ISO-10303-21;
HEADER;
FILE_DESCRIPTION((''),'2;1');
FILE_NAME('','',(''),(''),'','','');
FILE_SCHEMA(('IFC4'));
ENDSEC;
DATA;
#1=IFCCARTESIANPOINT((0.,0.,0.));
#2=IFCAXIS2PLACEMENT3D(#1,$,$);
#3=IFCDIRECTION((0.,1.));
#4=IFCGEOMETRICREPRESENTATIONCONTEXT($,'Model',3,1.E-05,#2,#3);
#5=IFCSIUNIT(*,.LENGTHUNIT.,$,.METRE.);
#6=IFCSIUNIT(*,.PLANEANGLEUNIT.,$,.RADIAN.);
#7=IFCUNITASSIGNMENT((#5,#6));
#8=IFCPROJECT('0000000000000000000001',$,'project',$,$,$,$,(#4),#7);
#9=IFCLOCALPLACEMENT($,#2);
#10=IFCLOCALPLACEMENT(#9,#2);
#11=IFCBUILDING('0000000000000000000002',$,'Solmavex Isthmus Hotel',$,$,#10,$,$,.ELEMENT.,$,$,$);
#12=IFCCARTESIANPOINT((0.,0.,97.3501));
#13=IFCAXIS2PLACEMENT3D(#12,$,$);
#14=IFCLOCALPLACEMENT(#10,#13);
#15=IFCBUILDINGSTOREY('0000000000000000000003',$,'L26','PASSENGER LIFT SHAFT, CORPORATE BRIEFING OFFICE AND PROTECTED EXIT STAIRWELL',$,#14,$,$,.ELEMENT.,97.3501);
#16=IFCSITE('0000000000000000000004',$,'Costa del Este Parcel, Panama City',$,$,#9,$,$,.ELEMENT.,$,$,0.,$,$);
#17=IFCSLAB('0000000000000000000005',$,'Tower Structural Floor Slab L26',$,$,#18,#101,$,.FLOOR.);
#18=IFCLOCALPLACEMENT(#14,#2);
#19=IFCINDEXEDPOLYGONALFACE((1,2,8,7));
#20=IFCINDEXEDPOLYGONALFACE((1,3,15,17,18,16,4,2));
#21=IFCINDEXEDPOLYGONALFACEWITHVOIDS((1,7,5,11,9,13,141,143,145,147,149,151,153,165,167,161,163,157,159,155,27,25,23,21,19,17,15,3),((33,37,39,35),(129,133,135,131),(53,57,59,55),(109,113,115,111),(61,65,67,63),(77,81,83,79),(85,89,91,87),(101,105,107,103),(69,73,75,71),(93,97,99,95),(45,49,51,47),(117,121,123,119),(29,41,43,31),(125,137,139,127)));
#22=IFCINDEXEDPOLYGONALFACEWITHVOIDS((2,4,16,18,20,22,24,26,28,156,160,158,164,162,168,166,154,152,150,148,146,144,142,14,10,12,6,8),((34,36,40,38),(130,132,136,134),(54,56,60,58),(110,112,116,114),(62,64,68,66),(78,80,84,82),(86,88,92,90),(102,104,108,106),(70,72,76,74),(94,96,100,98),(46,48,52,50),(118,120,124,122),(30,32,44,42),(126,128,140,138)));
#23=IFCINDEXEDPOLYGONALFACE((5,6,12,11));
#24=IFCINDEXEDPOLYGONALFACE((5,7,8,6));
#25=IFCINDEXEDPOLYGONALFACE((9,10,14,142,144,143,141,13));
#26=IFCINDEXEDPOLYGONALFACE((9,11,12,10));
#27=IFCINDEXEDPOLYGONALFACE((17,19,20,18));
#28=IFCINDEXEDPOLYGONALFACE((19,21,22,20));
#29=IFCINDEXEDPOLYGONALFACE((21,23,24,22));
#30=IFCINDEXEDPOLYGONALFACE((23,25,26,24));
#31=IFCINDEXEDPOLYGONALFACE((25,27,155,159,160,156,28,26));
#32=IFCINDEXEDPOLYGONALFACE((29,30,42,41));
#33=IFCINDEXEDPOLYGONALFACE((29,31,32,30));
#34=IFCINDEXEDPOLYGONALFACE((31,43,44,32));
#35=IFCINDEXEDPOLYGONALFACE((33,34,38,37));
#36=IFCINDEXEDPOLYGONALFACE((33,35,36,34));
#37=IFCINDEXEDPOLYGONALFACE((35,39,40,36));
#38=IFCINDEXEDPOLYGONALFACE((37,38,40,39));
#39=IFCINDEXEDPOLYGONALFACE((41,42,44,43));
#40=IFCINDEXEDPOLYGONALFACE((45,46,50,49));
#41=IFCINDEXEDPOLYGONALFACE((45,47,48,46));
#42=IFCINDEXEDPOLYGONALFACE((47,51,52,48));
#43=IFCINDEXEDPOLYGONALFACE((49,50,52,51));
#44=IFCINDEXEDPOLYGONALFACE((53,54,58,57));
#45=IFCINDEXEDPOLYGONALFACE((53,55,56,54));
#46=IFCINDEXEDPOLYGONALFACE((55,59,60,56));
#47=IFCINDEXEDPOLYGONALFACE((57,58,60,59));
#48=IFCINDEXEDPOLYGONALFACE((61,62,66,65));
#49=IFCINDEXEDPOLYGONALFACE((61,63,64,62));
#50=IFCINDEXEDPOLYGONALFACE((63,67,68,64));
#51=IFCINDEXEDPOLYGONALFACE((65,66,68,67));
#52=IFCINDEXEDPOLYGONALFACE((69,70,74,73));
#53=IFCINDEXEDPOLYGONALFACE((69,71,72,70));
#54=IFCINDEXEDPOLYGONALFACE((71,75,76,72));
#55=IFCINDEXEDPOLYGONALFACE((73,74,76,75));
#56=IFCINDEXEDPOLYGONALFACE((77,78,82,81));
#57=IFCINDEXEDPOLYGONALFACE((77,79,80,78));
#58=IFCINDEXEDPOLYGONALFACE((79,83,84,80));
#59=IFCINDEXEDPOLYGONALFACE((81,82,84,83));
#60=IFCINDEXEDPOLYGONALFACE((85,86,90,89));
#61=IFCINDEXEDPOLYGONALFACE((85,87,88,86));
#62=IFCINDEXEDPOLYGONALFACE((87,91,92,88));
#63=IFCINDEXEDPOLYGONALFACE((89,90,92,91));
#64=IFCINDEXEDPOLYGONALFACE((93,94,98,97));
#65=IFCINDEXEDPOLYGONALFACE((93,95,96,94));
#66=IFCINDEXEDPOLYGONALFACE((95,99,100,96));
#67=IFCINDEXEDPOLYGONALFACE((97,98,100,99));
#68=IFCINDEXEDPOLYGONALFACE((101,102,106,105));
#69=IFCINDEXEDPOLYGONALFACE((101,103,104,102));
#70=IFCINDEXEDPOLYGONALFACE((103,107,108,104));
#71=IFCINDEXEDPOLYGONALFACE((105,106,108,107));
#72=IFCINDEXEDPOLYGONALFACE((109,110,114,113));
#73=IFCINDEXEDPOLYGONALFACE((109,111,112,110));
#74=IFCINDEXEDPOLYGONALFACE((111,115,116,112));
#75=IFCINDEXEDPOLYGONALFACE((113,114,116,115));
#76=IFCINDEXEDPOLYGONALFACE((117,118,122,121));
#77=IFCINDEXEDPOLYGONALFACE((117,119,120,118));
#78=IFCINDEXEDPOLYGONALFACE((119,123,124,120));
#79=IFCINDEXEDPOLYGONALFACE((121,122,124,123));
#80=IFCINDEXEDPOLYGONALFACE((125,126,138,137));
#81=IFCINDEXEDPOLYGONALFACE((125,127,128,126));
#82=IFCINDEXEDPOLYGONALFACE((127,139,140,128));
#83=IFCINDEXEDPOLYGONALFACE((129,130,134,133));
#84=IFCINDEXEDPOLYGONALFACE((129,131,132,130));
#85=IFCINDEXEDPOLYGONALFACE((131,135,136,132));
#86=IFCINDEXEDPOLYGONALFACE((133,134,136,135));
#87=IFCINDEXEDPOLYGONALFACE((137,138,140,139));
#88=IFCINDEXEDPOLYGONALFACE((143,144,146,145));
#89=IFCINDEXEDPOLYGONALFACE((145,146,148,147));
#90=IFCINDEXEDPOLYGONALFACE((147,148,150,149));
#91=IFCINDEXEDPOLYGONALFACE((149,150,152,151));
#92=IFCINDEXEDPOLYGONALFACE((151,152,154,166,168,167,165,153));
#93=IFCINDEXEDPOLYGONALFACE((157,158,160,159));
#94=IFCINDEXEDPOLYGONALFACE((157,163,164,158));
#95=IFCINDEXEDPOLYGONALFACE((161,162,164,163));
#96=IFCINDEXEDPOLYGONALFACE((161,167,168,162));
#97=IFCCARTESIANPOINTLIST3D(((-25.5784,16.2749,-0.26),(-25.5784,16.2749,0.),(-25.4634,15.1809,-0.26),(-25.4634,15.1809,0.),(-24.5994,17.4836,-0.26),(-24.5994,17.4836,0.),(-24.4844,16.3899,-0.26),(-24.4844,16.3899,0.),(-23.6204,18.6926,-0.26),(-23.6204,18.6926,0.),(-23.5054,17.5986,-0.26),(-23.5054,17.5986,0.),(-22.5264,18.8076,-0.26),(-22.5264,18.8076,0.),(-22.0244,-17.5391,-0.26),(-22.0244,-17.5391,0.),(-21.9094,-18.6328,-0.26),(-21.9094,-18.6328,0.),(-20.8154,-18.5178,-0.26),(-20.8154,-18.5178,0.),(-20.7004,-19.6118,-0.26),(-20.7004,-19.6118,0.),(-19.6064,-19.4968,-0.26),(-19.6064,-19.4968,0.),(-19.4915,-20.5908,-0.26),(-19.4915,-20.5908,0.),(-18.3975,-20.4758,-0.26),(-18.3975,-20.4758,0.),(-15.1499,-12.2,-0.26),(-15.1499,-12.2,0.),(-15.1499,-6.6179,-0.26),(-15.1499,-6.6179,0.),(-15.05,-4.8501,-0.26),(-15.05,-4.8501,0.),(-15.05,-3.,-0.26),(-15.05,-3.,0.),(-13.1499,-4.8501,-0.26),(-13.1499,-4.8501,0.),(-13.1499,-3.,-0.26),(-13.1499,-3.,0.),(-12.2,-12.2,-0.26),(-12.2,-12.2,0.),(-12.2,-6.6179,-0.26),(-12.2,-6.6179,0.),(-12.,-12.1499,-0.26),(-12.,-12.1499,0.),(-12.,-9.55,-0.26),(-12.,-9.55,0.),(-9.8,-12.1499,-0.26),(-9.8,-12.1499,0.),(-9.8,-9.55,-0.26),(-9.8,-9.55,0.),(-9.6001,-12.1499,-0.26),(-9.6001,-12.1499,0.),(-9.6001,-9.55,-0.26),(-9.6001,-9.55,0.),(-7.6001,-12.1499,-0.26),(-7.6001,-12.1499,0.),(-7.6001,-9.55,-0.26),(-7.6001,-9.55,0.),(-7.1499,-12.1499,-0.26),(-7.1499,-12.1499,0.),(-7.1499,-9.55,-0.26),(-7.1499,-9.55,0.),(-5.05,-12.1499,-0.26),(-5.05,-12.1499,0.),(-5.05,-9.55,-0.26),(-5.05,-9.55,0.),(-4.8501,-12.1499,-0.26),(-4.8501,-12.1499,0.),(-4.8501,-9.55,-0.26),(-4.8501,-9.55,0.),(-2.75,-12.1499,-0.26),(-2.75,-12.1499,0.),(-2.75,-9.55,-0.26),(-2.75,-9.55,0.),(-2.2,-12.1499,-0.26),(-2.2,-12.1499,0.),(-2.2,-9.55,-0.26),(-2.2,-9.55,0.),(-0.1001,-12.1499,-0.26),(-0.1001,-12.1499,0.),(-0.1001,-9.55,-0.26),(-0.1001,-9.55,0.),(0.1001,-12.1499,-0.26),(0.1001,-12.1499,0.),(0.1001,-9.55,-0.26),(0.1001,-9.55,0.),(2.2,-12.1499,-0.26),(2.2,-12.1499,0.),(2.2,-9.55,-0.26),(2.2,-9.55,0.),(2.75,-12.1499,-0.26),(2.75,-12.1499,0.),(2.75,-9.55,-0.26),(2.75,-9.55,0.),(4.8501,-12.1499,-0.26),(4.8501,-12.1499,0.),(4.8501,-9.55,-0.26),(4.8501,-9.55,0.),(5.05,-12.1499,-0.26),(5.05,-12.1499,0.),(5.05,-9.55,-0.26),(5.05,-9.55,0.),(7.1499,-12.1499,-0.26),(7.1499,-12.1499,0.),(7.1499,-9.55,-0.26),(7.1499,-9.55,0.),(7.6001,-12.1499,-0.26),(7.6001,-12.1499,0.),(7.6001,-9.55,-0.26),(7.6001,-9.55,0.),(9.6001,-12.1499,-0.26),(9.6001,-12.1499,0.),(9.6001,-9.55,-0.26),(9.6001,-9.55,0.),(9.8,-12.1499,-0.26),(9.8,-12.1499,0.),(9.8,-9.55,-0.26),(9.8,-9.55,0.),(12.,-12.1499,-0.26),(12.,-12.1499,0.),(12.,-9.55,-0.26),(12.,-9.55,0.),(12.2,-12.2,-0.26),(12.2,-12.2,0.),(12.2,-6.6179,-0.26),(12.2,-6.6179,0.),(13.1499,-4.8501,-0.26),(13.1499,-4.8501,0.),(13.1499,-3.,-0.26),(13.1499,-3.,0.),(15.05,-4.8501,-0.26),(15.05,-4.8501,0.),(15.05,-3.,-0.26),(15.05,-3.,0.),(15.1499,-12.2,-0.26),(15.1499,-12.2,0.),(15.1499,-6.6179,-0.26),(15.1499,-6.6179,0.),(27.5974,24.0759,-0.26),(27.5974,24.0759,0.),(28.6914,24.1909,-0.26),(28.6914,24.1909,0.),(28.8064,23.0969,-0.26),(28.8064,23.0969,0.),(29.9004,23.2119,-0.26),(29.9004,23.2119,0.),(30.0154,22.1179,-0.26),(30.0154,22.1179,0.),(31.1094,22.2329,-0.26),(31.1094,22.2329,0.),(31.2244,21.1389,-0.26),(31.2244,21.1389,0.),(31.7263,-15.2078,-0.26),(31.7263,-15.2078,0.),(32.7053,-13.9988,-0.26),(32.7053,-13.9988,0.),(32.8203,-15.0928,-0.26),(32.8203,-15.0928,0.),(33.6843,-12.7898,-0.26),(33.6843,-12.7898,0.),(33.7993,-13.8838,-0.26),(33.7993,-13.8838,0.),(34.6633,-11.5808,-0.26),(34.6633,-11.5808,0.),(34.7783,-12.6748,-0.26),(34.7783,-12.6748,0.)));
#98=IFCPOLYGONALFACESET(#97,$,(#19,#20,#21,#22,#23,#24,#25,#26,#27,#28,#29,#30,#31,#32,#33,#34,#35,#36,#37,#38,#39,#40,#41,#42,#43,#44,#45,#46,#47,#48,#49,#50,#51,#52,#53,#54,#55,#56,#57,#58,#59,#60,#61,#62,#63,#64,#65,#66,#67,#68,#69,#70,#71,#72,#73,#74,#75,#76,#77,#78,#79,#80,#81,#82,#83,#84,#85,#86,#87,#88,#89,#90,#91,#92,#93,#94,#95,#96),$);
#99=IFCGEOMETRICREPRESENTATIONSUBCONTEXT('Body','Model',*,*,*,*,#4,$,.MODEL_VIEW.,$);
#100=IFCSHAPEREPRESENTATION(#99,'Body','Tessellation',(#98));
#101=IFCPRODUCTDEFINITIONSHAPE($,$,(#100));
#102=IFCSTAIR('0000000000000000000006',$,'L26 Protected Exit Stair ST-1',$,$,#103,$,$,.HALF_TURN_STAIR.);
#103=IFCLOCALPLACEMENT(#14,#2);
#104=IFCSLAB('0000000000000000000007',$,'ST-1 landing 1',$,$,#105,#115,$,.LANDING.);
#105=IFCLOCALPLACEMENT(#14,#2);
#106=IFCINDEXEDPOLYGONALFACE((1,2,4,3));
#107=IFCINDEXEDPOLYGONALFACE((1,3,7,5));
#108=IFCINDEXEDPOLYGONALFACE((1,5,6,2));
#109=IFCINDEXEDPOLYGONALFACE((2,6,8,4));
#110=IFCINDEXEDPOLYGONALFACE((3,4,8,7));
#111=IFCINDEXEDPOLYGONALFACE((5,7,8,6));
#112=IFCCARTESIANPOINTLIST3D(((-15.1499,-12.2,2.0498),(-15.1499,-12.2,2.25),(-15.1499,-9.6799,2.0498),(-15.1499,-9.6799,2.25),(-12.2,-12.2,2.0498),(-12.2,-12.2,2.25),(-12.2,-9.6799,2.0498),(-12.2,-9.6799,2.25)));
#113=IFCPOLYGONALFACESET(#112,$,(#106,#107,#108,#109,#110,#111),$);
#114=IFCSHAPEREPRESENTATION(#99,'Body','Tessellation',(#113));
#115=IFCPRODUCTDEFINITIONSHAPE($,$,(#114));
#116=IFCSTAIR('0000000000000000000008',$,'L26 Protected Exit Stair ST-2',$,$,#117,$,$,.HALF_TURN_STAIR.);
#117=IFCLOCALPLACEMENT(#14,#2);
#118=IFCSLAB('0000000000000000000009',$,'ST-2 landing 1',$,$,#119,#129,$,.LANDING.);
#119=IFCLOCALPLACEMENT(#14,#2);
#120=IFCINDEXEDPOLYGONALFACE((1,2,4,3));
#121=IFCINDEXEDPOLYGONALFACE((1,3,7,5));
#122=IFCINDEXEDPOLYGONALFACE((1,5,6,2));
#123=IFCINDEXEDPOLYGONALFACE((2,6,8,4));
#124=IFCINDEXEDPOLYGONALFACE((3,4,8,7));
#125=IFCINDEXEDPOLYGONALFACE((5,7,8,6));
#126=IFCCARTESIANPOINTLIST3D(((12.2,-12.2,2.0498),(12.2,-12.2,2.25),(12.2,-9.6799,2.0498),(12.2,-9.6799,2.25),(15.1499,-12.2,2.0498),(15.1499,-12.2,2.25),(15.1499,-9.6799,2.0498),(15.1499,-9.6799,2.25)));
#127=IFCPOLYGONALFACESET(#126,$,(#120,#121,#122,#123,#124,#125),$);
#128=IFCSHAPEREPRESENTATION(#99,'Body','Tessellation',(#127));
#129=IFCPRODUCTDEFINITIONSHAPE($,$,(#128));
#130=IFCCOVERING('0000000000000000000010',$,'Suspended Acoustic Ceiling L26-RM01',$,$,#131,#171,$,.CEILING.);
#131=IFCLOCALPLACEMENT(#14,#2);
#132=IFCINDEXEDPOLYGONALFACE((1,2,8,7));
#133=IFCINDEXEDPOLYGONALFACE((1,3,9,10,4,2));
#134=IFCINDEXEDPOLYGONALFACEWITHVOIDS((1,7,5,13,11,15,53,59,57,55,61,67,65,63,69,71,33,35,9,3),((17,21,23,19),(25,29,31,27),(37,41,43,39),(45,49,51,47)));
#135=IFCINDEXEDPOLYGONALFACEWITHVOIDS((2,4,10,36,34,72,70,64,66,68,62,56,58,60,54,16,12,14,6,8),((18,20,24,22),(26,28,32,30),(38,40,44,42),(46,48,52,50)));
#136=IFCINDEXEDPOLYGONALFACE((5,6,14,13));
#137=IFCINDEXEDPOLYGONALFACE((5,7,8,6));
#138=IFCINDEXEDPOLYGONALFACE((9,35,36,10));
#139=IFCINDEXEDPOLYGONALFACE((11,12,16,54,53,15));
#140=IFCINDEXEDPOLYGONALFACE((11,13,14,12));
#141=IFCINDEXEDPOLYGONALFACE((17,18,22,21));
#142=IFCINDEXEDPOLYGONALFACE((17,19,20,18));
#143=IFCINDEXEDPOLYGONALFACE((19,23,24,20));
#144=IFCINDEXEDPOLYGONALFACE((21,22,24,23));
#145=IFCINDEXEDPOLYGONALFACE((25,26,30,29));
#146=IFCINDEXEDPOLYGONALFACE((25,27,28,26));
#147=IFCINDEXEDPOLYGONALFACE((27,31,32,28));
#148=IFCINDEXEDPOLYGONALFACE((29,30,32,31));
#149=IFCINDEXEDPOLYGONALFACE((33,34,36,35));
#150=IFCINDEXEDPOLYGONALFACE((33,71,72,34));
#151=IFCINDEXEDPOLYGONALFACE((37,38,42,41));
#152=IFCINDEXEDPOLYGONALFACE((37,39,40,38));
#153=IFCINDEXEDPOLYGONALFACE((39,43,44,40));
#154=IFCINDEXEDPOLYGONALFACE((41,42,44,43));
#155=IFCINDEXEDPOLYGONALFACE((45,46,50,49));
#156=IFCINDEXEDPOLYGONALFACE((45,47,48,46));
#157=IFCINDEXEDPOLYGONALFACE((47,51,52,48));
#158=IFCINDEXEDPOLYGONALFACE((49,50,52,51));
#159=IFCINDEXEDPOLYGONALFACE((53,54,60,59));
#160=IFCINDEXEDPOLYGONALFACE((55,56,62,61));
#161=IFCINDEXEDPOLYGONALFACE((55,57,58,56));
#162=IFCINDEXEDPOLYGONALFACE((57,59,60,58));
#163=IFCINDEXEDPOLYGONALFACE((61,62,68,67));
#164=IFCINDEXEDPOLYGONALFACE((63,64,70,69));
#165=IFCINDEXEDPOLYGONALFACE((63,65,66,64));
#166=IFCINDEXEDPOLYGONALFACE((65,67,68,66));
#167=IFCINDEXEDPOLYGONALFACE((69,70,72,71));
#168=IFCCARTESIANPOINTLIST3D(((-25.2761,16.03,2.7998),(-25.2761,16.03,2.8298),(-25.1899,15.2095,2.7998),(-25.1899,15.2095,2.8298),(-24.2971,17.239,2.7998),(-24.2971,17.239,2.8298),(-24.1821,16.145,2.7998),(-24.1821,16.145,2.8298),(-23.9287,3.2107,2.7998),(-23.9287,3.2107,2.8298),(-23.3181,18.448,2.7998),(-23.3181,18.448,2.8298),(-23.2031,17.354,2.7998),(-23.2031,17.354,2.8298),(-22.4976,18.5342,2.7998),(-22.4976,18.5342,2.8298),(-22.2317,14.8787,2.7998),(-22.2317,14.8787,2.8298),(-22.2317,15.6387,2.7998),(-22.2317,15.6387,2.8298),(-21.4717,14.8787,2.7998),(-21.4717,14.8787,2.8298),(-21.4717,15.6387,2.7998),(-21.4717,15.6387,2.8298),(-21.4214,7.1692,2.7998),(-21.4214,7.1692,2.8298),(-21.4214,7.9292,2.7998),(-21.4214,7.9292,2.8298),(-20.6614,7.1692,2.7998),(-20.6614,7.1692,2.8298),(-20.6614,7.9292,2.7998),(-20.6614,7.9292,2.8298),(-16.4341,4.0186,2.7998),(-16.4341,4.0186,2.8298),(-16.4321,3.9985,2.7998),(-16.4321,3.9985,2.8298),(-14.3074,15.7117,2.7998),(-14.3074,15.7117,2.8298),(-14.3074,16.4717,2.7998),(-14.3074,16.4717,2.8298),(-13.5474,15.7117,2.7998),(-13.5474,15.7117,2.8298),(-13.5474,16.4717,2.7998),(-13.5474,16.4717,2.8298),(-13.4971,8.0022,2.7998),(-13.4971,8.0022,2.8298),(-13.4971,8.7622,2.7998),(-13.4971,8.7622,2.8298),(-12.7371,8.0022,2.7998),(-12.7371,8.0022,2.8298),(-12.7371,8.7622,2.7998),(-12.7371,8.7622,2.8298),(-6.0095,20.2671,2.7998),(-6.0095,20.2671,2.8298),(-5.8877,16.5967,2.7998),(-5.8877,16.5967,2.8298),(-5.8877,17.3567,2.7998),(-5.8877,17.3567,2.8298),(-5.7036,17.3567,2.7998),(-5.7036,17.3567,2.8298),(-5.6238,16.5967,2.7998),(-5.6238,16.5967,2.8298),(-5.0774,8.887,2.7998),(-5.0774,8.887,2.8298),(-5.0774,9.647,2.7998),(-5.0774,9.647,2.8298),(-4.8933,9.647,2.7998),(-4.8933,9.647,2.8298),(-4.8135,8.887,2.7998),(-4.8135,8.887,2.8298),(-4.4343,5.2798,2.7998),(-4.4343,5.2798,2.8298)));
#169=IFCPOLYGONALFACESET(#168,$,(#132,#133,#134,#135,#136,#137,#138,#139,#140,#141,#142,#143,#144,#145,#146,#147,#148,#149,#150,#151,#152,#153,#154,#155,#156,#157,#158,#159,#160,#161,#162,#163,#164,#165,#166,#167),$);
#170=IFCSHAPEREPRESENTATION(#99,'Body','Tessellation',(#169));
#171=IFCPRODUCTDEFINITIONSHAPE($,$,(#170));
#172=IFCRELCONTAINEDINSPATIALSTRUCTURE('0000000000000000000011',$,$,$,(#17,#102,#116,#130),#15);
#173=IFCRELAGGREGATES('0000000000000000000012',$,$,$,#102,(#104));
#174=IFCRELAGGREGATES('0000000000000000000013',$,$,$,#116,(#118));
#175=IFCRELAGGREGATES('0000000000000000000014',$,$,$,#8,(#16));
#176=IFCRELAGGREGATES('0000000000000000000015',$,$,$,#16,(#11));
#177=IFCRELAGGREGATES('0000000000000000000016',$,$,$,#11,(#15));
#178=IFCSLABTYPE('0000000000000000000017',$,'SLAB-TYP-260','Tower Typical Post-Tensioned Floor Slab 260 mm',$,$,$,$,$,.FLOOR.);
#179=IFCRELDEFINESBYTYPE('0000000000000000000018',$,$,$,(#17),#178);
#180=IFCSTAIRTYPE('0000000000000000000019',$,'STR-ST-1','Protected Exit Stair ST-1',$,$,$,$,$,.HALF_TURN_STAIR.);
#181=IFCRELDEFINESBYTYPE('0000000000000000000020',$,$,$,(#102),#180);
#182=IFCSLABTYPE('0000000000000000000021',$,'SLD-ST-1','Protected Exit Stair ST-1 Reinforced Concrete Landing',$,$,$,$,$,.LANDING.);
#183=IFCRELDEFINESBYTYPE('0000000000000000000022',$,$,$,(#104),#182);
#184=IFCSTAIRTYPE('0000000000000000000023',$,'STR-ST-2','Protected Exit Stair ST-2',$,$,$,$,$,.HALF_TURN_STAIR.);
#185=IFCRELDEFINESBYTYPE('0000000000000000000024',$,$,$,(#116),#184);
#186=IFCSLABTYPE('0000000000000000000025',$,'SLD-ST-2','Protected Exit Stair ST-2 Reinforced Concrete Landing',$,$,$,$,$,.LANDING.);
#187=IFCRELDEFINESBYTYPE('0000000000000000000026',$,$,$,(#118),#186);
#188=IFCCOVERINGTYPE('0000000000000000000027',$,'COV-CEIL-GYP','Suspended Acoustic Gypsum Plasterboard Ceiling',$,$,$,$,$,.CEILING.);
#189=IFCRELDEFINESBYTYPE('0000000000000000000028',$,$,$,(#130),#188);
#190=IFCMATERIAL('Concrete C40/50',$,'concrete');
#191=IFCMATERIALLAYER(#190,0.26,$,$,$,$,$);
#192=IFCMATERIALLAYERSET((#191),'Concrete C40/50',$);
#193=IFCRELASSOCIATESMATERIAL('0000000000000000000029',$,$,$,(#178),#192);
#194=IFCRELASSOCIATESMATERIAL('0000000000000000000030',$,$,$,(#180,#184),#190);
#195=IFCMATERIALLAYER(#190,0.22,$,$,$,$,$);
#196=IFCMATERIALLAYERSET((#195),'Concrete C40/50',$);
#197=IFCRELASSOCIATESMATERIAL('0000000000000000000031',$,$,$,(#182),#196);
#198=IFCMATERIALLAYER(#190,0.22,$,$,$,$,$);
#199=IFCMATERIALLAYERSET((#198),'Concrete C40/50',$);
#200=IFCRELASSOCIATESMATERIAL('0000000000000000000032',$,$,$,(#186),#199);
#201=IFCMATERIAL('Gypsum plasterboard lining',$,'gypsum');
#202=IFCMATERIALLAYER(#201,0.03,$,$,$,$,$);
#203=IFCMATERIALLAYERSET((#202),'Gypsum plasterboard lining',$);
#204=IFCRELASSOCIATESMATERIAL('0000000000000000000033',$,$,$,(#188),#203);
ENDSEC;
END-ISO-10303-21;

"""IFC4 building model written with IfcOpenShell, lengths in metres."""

from ifc_helpers import new_model, si_unit, direction, frame, origin, place, context, subcontext, project, spatial, polyline, outline, extrude, material, layer, layer_set, type_object, element, aggregate, save


model = new_model("IFC4")

# Units and contexts
model_context = context("Model", 3, precision=1e-05, world=origin(), true_north=direction((0.0, 1.0)))
body_context = subcontext(model_context, "Body", "Model", "MODEL_VIEW")
ifc_project = project(units=[si_unit("LENGTHUNIT", "METRE"), si_unit("PLANEANGLEUNIT", "RADIAN")], contexts=[model_context])

# Site, building, storey
site_placement = place(None, origin())
site = spatial("IfcSite", under=ifc_project, at=site_placement, Name="Costa del Este Parcel, Panama City", CompositionType="ELEMENT", RefElevation=0.0)
building_placement = place(site_placement, origin())
building = spatial("IfcBuilding", under=site, at=building_placement, Name="Solmavex Isthmus Hotel", CompositionType="ELEMENT")
storey_placement = place(building_placement, frame((0.0, 0.0, 97.3501)))
storey = spatial("IfcBuildingStorey", under=building, at=storey_placement, Name="L26", Description="PASSENGER LIFT SHAFT, CORPORATE BRIEFING OFFICE AND PROTECTED EXIT STAIRWELL", CompositionType="ELEMENT", Elevation=97.3501)

# Slab
ifc_material_1 = material(Name="Concrete C40/50", Category="concrete")
ifc_layer_1 = layer(ifc_material_1, 0.26)
ifc_layer_set_1 = layer_set([ifc_layer_1], Name="Concrete C40/50")
slab_type_1 = type_object("IfcSlabType", Name="SLAB-TYP-260", Description="Tower Typical Post-Tensioned Floor Slab 260 mm", PredefinedType="FLOOR", material=ifc_layer_set_1)
slab_1_placement = place(storey_placement, frame((0.0, 0.0, -0.26)))
element("IfcSlab", 1, at=slab_1_placement, inside=storey, type_object=slab_type_1, Name="Tower Structural Floor Slab L26", PredefinedType="FLOOR", context=body_context, shape_type="SweptSolid", body=[
    extrude(outline(polyline([(-18.3975, -20.4758), (31.7263, -15.2078), (32.8203, -15.0928), (32.7053, -13.9988), (33.7993, -13.8838), (33.6843, -12.7898), (34.7783, -12.6748), (34.6633, -11.5808), (31.2244, 21.1389), (31.1094, 22.2329), (30.0154, 22.1179), (29.9004, 23.2119), (28.8064, 23.0969), (28.6914, 24.1909), (27.5974, 24.0759), (-22.5264, 18.8076), (-23.6204, 18.6926), (-23.5054, 17.5986), (-24.5994, 17.4836), (-24.4844, 16.3899), (-25.5784, 16.2749), (-25.4634, 15.1809), (-22.0244, -17.5391), (-21.9094, -18.6328), (-20.8154, -18.5178), (-20.7004, -19.6118), (-19.6064, -19.4968), (-19.4915, -20.5908), (-18.3975, -20.4758)]), holes=[polyline([(-15.1499, -6.6179), (-15.1499, -12.2), (-12.2, -12.2), (-12.2, -6.6179), (-15.1499, -6.6179)]), polyline([(12.2, -6.6179), (12.2, -12.2), (15.1499, -12.2), (15.1499, -6.6179), (12.2, -6.6179)]), polyline([(-12.0, -12.1499), (-9.8, -12.1499), (-9.8, -9.55), (-12.0, -9.55), (-12.0, -12.1499)]), polyline([(9.8, -12.1499), (12.0, -12.1499), (12.0, -9.55), (9.8, -9.55), (9.8, -12.1499)]), polyline([(-9.6001, -12.1499), (-7.6001, -12.1499), (-7.6001, -9.55), (-9.6001, -9.55), (-9.6001, -12.1499)]), polyline([(7.6001, -12.1499), (9.6001, -12.1499), (9.6001, -9.55), (7.6001, -9.55), (7.6001, -12.1499)]), polyline([(-7.1499, -12.1499), (-5.05, -12.1499), (-5.05, -9.55), (-7.1499, -9.55), (-7.1499, -12.1499)]), polyline([(-4.8501, -12.1499), (-2.75, -12.1499), (-2.75, -9.55), (-4.8501, -9.55), (-4.8501, -12.1499)]), polyline([(-2.2, -12.1499), (-0.1001, -12.1499), (-0.1001, -9.55), (-2.2, -9.55), (-2.2, -12.1499)]), polyline([(0.1001, -12.1499), (2.2, -12.1499), (2.2, -9.55), (0.1001, -9.55), (0.1001, -12.1499)]), polyline([(2.75, -12.1499), (4.8501, -12.1499), (4.8501, -9.55), (2.75, -9.55), (2.75, -12.1499)]), polyline([(5.05, -12.1499), (7.1499, -12.1499), (7.1499, -9.55), (5.05, -9.55), (5.05, -12.1499)]), polyline([(-15.05, -4.8501), (-13.1499, -4.8501), (-13.1499, -3.0), (-15.05, -3.0), (-15.05, -4.8501)]), polyline([(13.1499, -4.8501), (15.05, -4.8501), (15.05, -3.0), (13.1499, -3.0), (13.1499, -4.8501)])]), origin(), (0.0, 0.0, 1.0), 0.26),
])

# Stairs, slabs
stair_type_1 = type_object("IfcStairType", Name="STR-ST-1", Description="Protected Exit Stair ST-1", PredefinedType="HALF_TURN_STAIR", material=ifc_material_1)
stair_1_placement = place(storey_placement, origin())
stair_1 = element("IfcStair", 2, at=stair_1_placement, inside=storey, type_object=stair_type_1, Name="L26 Protected Exit Stair ST-1", PredefinedType="HALF_TURN_STAIR")
ifc_layer_2 = layer(ifc_material_1, 0.22)
ifc_layer_set_2 = layer_set([ifc_layer_2], Name="Concrete C40/50")
slab_type_2 = type_object("IfcSlabType", Name="SLD-ST-1", Description="Protected Exit Stair ST-1 Reinforced Concrete Landing", PredefinedType="LANDING", material=ifc_layer_set_2)
slab_2_placement = place(storey_placement, frame((0.0, 0.0, 2.0498)))
slab_2 = element("IfcSlab", 3, at=slab_2_placement, type_object=slab_type_2, Name="ST-1 landing 1", PredefinedType="LANDING", context=body_context, shape_type="SweptSolid", body=[
    extrude(outline(polyline([(-15.1499, -9.6799), (-15.1499, -12.2), (-12.2, -12.2), (-12.2, -9.6799), (-15.1499, -9.6799)])), origin(), (0.0, 0.0, 1.0), 0.2002),
])
aggregate(stair_1, [slab_2])
stair_type_2 = type_object("IfcStairType", Name="STR-ST-2", Description="Protected Exit Stair ST-2", PredefinedType="HALF_TURN_STAIR", material=ifc_material_1)
stair_2_placement = place(storey_placement, origin())
stair_2 = element("IfcStair", 4, at=stair_2_placement, inside=storey, type_object=stair_type_2, Name="L26 Protected Exit Stair ST-2", PredefinedType="HALF_TURN_STAIR")
ifc_layer_3 = layer(ifc_material_1, 0.22)
ifc_layer_set_3 = layer_set([ifc_layer_3], Name="Concrete C40/50")
slab_type_3 = type_object("IfcSlabType", Name="SLD-ST-2", Description="Protected Exit Stair ST-2 Reinforced Concrete Landing", PredefinedType="LANDING", material=ifc_layer_set_3)
slab_3_placement = place(storey_placement, frame((0.0, 0.0, 2.0498)))
slab_3 = element("IfcSlab", 5, at=slab_3_placement, type_object=slab_type_3, Name="ST-2 landing 1", PredefinedType="LANDING", context=body_context, shape_type="SweptSolid", body=[
    extrude(outline(polyline([(12.2, -9.6799), (12.2, -12.2), (15.1499, -12.2), (15.1499, -9.6799), (12.2, -9.6799)])), origin(), (0.0, 0.0, 1.0), 0.2002),
])
aggregate(stair_2, [slab_3])

# Covering
ifc_material_2 = material(Name="Gypsum plasterboard lining", Category="gypsum")
ifc_layer_4 = layer(ifc_material_2, 0.03)
ifc_layer_set_4 = layer_set([ifc_layer_4], Name="Gypsum plasterboard lining")
covering_type_1 = type_object("IfcCoveringType", Name="COV-CEIL-GYP", Description="Suspended Acoustic Gypsum Plasterboard Ceiling", PredefinedType="CEILING", material=ifc_layer_set_4)
covering_1_placement = place(storey_placement, frame((0.0, 0.0, 2.7998)))
element("IfcCovering", 6, at=covering_1_placement, inside=storey, type_object=covering_type_1, Name="Suspended Acoustic Ceiling L26-RM01", PredefinedType="CEILING", context=body_context, shape_type="SweptSolid", body=[
    extrude(outline(polyline([(-16.4321, 3.9985), (-16.4341, 4.0186), (-4.4343, 5.2798), (-4.8135, 8.887), (-5.0774, 8.887), (-5.0774, 9.647), (-4.8933, 9.647), (-5.6238, 16.5967), (-5.8877, 16.5967), (-5.8877, 17.3567), (-5.7036, 17.3567), (-6.0095, 20.2671), (-22.4976, 18.5342), (-23.3181, 18.448), (-23.2031, 17.354), (-24.2971, 17.239), (-24.1821, 16.145), (-25.2761, 16.03), (-25.1899, 15.2095), (-23.9287, 3.2107), (-16.4321, 3.9985)]), holes=[polyline([(-13.4971, 8.0022), (-13.4971, 8.7622), (-12.7371, 8.7622), (-12.7371, 8.0022), (-13.4971, 8.0022)]), polyline([(-14.3074, 16.4717), (-13.5474, 16.4717), (-13.5474, 15.7117), (-14.3074, 15.7117), (-14.3074, 16.4717)]), polyline([(-21.4214, 7.1692), (-21.4214, 7.9292), (-20.6614, 7.9292), (-20.6614, 7.1692), (-21.4214, 7.1692)]), polyline([(-22.2317, 14.8787), (-22.2317, 15.6387), (-21.4717, 15.6387), (-21.4717, 14.8787), (-22.2317, 14.8787)])]), origin(), (0.0, 0.0, 1.0), 0.03),
])

save(model, "model.ifc")
